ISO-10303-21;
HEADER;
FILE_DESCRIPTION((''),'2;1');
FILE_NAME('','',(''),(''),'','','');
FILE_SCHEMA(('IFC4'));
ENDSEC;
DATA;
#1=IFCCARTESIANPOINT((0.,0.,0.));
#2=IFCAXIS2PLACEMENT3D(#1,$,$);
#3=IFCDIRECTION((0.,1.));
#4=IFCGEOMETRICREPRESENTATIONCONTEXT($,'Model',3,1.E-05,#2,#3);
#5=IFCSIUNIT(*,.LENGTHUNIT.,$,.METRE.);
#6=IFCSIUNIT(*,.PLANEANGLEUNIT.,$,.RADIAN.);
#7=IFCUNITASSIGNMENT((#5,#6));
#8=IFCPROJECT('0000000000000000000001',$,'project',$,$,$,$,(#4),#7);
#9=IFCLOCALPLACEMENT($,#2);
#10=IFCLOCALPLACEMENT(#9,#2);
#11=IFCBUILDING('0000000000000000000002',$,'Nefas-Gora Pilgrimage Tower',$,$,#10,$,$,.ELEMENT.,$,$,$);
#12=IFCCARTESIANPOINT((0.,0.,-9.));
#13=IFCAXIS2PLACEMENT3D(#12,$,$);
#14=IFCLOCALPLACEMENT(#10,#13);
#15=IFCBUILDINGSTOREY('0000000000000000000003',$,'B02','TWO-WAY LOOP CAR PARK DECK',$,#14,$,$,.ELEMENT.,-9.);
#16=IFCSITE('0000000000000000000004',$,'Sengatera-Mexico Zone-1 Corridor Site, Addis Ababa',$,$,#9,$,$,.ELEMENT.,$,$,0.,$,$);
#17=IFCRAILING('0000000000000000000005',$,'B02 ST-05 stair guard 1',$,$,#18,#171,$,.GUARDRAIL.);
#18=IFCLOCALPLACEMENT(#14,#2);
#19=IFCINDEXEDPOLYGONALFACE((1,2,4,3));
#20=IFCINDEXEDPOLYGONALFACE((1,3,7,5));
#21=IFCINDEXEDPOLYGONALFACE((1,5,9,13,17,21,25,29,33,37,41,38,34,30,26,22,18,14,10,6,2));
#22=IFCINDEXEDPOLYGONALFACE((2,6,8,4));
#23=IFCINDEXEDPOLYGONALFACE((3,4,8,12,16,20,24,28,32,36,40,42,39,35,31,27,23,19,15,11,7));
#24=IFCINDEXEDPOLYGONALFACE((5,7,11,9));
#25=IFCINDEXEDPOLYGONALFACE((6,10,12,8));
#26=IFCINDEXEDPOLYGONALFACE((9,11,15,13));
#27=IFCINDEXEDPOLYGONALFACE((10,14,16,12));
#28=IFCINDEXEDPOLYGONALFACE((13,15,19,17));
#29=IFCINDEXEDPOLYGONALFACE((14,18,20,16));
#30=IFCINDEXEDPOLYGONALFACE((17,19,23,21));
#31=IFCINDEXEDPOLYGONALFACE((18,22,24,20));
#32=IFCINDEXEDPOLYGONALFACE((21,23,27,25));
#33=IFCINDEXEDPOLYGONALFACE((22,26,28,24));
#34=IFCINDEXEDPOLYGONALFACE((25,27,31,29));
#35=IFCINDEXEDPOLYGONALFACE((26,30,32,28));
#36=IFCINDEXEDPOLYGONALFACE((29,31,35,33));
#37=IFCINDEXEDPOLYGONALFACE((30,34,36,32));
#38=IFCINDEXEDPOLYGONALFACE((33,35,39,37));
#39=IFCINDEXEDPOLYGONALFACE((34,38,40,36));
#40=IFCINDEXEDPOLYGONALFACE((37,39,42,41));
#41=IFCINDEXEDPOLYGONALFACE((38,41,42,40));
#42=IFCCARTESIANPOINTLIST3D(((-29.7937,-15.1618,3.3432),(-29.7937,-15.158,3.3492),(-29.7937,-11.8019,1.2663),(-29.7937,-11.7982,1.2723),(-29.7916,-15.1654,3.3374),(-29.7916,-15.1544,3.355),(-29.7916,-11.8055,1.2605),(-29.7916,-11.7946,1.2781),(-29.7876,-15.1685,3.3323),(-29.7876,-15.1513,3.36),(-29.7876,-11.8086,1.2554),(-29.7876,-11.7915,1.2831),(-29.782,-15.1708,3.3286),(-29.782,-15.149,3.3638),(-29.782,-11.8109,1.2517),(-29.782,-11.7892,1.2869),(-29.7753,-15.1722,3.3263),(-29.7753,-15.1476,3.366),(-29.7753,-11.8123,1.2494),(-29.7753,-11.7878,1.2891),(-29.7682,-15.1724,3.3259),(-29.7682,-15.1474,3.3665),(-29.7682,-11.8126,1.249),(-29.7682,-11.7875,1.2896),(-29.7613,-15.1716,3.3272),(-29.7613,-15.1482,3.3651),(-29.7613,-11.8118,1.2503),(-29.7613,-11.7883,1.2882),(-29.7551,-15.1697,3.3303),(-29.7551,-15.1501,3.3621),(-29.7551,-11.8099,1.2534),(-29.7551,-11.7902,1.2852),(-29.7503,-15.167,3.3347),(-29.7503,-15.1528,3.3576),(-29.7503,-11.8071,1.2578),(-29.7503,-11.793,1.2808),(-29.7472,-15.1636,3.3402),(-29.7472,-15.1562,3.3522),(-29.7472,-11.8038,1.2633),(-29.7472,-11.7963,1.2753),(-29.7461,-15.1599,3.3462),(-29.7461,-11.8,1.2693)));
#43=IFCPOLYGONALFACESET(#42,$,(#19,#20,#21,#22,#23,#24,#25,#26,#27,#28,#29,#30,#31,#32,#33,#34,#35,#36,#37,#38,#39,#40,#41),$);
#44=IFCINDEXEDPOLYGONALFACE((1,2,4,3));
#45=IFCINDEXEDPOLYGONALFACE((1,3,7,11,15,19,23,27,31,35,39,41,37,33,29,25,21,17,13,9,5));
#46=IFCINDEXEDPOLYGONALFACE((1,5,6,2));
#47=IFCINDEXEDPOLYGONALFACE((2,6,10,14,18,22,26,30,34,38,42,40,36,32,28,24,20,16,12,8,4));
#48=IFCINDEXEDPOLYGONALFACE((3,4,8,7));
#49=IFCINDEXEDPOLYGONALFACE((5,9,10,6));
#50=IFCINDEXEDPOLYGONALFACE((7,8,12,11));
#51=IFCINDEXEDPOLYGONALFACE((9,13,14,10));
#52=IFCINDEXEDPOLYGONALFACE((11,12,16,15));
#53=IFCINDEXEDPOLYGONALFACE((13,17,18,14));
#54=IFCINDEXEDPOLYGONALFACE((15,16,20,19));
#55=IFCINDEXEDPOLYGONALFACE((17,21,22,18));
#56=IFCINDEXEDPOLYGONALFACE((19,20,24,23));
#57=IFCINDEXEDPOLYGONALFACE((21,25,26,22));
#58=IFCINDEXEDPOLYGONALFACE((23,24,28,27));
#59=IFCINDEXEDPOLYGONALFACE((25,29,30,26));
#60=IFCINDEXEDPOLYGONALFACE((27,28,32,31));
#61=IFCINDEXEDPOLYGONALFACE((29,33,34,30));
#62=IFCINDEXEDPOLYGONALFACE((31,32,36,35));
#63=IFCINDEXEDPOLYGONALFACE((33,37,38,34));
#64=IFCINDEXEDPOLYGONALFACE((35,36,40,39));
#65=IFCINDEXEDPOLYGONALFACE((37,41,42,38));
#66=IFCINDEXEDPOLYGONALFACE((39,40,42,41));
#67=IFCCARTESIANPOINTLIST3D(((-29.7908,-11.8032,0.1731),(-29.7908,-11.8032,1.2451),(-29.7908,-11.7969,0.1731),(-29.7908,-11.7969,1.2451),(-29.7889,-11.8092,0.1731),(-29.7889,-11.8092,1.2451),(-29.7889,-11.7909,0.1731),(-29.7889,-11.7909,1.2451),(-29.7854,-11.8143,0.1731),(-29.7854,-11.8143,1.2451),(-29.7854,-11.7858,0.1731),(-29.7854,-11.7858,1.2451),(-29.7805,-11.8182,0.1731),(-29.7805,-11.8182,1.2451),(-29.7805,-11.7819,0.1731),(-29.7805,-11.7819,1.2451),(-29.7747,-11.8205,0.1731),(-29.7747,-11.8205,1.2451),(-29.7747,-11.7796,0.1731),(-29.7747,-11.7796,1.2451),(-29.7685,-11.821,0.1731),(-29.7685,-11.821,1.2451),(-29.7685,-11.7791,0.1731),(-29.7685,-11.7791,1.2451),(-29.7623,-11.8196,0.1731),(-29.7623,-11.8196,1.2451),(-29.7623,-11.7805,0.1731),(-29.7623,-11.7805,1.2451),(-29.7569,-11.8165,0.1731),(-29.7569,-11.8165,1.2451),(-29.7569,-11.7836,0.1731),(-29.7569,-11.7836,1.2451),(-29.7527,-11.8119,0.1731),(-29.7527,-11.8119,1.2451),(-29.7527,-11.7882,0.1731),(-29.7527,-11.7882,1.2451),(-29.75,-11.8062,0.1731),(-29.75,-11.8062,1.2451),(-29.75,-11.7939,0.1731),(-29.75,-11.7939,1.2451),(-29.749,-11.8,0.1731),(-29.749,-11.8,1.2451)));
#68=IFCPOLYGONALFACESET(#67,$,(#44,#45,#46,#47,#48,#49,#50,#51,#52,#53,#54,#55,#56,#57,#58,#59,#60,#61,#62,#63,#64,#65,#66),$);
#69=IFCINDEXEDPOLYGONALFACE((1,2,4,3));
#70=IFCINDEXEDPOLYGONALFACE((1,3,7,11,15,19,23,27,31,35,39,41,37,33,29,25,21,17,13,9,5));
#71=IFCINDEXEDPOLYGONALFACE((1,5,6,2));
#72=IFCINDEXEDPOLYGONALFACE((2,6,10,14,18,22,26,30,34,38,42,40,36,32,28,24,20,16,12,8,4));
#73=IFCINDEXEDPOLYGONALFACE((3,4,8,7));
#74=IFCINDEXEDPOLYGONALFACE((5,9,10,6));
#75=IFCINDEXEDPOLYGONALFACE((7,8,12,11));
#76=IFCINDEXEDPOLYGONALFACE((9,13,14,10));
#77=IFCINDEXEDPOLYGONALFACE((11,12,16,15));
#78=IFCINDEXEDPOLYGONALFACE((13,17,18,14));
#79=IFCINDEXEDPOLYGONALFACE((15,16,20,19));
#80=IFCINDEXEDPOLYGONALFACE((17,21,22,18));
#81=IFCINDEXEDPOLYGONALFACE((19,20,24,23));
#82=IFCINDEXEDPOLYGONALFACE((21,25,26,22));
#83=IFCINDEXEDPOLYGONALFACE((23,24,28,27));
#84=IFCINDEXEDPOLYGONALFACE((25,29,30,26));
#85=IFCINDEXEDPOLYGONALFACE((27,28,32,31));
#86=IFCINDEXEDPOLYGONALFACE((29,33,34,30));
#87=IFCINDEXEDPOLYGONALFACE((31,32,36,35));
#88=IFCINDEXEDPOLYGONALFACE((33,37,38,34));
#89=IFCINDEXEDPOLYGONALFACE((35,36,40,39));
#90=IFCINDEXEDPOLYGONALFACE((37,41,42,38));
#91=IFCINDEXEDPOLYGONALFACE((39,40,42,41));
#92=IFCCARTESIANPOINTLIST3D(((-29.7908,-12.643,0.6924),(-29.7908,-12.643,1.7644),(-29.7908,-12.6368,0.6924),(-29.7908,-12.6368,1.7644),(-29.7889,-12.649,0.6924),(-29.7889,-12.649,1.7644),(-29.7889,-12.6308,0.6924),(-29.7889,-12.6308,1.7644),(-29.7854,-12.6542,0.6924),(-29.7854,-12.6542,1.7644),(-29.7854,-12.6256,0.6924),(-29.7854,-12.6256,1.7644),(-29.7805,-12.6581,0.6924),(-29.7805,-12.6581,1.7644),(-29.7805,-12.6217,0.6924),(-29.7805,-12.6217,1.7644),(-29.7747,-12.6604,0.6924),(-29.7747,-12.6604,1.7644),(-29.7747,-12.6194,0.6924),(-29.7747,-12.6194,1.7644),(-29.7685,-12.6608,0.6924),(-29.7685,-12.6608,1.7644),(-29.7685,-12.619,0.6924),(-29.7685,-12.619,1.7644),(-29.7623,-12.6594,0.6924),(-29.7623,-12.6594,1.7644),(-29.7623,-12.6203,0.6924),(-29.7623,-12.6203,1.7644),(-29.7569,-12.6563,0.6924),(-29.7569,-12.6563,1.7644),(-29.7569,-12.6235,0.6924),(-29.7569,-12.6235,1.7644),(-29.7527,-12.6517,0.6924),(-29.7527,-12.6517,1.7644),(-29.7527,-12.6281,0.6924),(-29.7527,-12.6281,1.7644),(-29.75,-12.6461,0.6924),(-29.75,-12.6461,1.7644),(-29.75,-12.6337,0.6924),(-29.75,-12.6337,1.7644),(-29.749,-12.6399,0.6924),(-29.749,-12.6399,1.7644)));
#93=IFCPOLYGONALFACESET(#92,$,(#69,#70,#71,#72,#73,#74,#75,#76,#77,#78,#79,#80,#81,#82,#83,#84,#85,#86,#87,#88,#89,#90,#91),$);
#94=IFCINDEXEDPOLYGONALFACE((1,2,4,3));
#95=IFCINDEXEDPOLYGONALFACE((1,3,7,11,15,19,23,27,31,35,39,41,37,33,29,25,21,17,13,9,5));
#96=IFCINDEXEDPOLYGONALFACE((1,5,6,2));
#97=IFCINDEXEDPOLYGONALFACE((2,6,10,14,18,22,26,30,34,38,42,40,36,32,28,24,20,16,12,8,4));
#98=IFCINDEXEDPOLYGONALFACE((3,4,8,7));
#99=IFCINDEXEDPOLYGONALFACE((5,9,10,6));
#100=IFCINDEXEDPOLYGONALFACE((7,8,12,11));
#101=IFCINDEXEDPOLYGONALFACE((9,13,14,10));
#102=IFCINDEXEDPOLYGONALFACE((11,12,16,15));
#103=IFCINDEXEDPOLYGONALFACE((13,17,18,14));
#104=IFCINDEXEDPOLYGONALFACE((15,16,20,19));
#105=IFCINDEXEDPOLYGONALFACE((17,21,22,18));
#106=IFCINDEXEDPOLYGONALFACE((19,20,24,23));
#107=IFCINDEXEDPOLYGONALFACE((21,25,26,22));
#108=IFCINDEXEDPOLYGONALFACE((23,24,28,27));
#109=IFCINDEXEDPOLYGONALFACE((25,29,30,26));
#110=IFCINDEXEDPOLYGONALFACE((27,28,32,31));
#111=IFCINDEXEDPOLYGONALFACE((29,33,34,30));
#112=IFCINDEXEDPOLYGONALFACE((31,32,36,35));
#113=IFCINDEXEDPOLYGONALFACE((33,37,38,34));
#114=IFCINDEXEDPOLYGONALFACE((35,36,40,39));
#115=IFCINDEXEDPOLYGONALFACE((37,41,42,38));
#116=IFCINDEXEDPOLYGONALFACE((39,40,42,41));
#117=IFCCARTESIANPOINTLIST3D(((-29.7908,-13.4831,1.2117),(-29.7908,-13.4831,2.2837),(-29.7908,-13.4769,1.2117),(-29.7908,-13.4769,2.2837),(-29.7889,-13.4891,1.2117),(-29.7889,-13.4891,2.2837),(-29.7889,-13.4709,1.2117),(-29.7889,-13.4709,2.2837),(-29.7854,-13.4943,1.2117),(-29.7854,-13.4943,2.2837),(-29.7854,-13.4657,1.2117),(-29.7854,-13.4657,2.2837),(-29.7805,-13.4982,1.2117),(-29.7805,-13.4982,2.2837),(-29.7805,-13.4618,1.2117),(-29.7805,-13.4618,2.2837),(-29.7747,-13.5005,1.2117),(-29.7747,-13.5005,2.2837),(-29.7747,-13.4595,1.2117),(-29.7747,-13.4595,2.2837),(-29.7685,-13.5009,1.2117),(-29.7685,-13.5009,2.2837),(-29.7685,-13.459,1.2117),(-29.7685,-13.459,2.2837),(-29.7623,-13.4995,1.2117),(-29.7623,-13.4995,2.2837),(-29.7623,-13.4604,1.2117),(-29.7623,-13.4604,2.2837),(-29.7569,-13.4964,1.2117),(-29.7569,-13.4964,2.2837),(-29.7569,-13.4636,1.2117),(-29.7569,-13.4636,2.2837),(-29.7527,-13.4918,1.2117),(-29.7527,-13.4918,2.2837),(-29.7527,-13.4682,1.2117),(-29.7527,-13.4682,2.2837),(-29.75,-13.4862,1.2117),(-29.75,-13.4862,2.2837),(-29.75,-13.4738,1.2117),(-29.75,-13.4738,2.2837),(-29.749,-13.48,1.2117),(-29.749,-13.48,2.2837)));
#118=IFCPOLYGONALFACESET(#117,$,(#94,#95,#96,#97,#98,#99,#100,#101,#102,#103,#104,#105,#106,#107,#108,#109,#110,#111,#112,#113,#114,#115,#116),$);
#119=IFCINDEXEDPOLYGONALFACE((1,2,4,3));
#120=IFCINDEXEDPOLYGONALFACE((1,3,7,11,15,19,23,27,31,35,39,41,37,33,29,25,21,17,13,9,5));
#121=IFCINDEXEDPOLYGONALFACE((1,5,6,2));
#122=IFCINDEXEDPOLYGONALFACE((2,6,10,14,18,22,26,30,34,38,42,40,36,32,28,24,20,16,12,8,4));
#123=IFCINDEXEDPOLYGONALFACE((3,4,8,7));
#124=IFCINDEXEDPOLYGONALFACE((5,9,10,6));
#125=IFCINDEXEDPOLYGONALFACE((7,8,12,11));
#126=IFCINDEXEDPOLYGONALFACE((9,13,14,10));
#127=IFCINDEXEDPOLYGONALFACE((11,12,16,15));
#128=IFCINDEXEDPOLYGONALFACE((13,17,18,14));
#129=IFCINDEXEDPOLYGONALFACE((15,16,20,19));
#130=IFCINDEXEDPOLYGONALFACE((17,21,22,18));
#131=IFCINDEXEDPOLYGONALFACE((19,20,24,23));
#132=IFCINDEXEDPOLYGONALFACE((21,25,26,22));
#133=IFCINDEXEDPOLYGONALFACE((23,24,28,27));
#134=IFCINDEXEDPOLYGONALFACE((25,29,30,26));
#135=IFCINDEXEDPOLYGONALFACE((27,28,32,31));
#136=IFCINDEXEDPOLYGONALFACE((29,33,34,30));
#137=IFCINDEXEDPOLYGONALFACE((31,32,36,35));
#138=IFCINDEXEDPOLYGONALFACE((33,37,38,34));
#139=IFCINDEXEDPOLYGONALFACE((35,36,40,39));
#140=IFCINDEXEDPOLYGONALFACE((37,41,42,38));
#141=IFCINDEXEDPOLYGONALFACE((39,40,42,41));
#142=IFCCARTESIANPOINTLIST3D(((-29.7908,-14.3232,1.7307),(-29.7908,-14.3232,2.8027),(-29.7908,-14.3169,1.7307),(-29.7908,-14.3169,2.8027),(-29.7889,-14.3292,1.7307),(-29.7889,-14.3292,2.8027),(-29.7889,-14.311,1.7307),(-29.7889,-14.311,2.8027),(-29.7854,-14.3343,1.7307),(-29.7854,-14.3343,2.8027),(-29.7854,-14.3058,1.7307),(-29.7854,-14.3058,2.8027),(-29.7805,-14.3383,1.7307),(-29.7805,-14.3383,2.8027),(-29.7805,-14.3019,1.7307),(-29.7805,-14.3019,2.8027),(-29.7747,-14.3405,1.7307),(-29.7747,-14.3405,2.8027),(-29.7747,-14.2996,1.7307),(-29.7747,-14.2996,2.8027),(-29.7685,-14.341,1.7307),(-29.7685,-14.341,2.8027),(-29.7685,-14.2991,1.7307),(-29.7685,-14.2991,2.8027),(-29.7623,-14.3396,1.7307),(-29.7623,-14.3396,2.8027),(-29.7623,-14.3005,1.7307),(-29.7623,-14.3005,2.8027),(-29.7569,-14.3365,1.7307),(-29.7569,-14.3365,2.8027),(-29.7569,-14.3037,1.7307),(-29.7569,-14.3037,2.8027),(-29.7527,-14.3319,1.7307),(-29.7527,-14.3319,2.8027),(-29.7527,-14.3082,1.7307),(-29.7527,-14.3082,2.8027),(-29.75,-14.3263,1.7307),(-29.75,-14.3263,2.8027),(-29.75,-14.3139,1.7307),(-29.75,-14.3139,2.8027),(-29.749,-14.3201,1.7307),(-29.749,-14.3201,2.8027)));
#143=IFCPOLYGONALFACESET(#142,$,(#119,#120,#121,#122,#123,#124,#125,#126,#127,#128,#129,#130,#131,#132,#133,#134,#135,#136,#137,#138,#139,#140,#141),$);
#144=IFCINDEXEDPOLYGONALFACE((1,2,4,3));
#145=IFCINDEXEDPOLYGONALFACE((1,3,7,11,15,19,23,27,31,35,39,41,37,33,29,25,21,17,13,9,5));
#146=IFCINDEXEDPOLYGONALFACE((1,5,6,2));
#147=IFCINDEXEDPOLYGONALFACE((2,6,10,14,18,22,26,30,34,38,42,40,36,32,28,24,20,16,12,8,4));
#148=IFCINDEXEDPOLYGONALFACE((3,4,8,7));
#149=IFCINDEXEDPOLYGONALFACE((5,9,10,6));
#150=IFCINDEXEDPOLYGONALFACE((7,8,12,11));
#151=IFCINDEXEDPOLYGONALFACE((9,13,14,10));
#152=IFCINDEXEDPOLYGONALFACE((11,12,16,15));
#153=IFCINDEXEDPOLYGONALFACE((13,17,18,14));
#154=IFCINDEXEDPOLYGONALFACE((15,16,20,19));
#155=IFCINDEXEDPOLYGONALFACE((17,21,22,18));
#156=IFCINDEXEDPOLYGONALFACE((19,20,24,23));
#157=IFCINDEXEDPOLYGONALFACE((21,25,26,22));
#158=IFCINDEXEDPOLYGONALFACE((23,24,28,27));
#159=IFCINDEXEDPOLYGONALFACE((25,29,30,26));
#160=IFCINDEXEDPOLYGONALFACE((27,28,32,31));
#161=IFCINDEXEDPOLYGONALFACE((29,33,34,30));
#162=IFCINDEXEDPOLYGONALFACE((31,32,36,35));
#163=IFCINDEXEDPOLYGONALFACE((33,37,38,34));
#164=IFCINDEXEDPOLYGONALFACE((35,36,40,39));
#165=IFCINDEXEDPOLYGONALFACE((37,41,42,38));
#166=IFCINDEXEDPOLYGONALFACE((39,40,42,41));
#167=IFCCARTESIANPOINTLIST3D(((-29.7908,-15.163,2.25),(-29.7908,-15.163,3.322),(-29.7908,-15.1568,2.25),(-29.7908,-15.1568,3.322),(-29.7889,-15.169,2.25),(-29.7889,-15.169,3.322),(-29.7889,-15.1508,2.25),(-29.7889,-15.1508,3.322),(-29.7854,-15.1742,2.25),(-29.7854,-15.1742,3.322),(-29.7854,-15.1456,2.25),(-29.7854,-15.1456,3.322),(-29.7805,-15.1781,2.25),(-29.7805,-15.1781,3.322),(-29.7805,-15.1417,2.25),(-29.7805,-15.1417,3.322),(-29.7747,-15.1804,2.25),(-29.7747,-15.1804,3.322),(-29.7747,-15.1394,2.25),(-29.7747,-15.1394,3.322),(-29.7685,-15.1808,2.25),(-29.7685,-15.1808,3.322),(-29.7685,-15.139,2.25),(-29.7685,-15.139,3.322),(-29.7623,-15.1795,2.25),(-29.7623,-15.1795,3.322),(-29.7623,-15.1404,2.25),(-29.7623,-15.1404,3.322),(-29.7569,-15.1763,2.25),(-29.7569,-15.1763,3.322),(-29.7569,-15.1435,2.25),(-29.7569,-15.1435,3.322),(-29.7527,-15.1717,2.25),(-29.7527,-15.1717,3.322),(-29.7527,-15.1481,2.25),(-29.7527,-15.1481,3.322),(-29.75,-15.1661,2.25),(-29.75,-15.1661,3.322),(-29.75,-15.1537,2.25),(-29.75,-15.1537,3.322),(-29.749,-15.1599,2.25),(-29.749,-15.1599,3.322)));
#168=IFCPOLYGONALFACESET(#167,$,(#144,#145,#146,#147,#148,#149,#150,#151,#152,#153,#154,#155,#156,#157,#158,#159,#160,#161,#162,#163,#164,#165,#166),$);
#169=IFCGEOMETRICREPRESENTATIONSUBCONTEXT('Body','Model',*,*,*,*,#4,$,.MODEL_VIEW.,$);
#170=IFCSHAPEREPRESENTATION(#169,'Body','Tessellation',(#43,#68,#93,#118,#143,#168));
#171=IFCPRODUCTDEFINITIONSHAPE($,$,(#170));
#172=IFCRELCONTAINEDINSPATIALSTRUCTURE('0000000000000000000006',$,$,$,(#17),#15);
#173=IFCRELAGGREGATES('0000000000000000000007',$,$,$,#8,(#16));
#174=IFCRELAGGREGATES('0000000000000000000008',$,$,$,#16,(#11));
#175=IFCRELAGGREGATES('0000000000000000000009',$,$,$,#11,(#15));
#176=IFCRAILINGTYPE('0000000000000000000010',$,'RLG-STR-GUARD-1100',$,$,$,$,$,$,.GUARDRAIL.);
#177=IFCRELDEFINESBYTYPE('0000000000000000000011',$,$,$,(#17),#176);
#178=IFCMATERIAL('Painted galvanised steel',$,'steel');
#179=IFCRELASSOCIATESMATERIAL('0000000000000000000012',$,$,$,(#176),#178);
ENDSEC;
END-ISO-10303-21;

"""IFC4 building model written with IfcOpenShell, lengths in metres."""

from ifc_helpers import new_model, si_unit, direction, frame, origin, origin_2d, place, context, subcontext, project, spatial, circle, extrude, material, type_object, element, save


model = new_model("IFC4")

# Units and contexts
model_context = context("Model", 3, precision=1e-05, world=origin(), true_north=direction((0.0, 1.0)))
body_context = subcontext(model_context, "Body", "Model", "MODEL_VIEW")
ifc_project = project(units=[si_unit("LENGTHUNIT", "METRE"), si_unit("PLANEANGLEUNIT", "RADIAN")], contexts=[model_context])

# Site, building, storey
site_placement = place(None, origin())
site = spatial("IfcSite", under=ifc_project, at=site_placement, Name="Sengatera-Mexico Zone-1 Corridor Site, Addis Ababa", CompositionType="ELEMENT", RefElevation=0.0)
building_placement = place(site_placement, origin())
building = spatial("IfcBuilding", under=site, at=building_placement, Name="Nefas-Gora Pilgrimage Tower", CompositionType="ELEMENT")
storey_placement = place(building_placement, frame((0.0, 0.0, -9.0)))
storey = spatial("IfcBuildingStorey", under=building, at=storey_placement, Name="B02", Description="TWO-WAY LOOP CAR PARK DECK", CompositionType="ELEMENT", Elevation=-9.0)

# Railing
ifc_material_1 = material(Name="Painted galvanised steel", Category="steel")
railing_type = type_object("IfcRailingType", Name="RLG-STR-GUARD-1100", PredefinedType="GUARDRAIL", material=ifc_material_1)
railing_1_placement = place(storey_placement, frame((-29.77, -11.8, 0.1731)))
element("IfcRailing", 1, at=railing_1_placement, inside=storey, type_object=railing_type, Name="B02 ST-05 stair guard 1", PredefinedType="GUARDRAIL", context=body_context, shape_type="SweptSolid", body=[
    extrude(circle(Radius=0.0239, at=origin_2d()), frame((0.0, 0.0, 1.0962), z_axis=(0.0, -0.850606, 0.525803), x_axis=(1.0, 0.0, 0.0)), (0.0, 0.0, 1.0), 3.95),
    extrude(circle(Radius=0.021, at=origin_2d()), origin(), (0.0, 0.0, 1.0), 1.072),
    extrude(circle(Radius=0.021, at=origin_2d()), frame((0.0, -0.8398, 0.5193)), (0.0, 0.0, 1.0), 1.072),
    extrude(circle(Radius=0.021, at=origin_2d()), frame((0.0, -1.6799, 1.0386)), (0.0, 0.0, 1.0), 1.072),
    extrude(circle(Radius=0.021, at=origin_2d()), frame((0.0, -2.52, 1.5576)), (0.0, 0.0, 1.0), 1.072),
    extrude(circle(Radius=0.021, at=origin_2d()), frame((0.0, -3.3599, 2.0769)), (0.0, 0.0, 1.0), 1.072),
])

save(model, "model.ifc")
